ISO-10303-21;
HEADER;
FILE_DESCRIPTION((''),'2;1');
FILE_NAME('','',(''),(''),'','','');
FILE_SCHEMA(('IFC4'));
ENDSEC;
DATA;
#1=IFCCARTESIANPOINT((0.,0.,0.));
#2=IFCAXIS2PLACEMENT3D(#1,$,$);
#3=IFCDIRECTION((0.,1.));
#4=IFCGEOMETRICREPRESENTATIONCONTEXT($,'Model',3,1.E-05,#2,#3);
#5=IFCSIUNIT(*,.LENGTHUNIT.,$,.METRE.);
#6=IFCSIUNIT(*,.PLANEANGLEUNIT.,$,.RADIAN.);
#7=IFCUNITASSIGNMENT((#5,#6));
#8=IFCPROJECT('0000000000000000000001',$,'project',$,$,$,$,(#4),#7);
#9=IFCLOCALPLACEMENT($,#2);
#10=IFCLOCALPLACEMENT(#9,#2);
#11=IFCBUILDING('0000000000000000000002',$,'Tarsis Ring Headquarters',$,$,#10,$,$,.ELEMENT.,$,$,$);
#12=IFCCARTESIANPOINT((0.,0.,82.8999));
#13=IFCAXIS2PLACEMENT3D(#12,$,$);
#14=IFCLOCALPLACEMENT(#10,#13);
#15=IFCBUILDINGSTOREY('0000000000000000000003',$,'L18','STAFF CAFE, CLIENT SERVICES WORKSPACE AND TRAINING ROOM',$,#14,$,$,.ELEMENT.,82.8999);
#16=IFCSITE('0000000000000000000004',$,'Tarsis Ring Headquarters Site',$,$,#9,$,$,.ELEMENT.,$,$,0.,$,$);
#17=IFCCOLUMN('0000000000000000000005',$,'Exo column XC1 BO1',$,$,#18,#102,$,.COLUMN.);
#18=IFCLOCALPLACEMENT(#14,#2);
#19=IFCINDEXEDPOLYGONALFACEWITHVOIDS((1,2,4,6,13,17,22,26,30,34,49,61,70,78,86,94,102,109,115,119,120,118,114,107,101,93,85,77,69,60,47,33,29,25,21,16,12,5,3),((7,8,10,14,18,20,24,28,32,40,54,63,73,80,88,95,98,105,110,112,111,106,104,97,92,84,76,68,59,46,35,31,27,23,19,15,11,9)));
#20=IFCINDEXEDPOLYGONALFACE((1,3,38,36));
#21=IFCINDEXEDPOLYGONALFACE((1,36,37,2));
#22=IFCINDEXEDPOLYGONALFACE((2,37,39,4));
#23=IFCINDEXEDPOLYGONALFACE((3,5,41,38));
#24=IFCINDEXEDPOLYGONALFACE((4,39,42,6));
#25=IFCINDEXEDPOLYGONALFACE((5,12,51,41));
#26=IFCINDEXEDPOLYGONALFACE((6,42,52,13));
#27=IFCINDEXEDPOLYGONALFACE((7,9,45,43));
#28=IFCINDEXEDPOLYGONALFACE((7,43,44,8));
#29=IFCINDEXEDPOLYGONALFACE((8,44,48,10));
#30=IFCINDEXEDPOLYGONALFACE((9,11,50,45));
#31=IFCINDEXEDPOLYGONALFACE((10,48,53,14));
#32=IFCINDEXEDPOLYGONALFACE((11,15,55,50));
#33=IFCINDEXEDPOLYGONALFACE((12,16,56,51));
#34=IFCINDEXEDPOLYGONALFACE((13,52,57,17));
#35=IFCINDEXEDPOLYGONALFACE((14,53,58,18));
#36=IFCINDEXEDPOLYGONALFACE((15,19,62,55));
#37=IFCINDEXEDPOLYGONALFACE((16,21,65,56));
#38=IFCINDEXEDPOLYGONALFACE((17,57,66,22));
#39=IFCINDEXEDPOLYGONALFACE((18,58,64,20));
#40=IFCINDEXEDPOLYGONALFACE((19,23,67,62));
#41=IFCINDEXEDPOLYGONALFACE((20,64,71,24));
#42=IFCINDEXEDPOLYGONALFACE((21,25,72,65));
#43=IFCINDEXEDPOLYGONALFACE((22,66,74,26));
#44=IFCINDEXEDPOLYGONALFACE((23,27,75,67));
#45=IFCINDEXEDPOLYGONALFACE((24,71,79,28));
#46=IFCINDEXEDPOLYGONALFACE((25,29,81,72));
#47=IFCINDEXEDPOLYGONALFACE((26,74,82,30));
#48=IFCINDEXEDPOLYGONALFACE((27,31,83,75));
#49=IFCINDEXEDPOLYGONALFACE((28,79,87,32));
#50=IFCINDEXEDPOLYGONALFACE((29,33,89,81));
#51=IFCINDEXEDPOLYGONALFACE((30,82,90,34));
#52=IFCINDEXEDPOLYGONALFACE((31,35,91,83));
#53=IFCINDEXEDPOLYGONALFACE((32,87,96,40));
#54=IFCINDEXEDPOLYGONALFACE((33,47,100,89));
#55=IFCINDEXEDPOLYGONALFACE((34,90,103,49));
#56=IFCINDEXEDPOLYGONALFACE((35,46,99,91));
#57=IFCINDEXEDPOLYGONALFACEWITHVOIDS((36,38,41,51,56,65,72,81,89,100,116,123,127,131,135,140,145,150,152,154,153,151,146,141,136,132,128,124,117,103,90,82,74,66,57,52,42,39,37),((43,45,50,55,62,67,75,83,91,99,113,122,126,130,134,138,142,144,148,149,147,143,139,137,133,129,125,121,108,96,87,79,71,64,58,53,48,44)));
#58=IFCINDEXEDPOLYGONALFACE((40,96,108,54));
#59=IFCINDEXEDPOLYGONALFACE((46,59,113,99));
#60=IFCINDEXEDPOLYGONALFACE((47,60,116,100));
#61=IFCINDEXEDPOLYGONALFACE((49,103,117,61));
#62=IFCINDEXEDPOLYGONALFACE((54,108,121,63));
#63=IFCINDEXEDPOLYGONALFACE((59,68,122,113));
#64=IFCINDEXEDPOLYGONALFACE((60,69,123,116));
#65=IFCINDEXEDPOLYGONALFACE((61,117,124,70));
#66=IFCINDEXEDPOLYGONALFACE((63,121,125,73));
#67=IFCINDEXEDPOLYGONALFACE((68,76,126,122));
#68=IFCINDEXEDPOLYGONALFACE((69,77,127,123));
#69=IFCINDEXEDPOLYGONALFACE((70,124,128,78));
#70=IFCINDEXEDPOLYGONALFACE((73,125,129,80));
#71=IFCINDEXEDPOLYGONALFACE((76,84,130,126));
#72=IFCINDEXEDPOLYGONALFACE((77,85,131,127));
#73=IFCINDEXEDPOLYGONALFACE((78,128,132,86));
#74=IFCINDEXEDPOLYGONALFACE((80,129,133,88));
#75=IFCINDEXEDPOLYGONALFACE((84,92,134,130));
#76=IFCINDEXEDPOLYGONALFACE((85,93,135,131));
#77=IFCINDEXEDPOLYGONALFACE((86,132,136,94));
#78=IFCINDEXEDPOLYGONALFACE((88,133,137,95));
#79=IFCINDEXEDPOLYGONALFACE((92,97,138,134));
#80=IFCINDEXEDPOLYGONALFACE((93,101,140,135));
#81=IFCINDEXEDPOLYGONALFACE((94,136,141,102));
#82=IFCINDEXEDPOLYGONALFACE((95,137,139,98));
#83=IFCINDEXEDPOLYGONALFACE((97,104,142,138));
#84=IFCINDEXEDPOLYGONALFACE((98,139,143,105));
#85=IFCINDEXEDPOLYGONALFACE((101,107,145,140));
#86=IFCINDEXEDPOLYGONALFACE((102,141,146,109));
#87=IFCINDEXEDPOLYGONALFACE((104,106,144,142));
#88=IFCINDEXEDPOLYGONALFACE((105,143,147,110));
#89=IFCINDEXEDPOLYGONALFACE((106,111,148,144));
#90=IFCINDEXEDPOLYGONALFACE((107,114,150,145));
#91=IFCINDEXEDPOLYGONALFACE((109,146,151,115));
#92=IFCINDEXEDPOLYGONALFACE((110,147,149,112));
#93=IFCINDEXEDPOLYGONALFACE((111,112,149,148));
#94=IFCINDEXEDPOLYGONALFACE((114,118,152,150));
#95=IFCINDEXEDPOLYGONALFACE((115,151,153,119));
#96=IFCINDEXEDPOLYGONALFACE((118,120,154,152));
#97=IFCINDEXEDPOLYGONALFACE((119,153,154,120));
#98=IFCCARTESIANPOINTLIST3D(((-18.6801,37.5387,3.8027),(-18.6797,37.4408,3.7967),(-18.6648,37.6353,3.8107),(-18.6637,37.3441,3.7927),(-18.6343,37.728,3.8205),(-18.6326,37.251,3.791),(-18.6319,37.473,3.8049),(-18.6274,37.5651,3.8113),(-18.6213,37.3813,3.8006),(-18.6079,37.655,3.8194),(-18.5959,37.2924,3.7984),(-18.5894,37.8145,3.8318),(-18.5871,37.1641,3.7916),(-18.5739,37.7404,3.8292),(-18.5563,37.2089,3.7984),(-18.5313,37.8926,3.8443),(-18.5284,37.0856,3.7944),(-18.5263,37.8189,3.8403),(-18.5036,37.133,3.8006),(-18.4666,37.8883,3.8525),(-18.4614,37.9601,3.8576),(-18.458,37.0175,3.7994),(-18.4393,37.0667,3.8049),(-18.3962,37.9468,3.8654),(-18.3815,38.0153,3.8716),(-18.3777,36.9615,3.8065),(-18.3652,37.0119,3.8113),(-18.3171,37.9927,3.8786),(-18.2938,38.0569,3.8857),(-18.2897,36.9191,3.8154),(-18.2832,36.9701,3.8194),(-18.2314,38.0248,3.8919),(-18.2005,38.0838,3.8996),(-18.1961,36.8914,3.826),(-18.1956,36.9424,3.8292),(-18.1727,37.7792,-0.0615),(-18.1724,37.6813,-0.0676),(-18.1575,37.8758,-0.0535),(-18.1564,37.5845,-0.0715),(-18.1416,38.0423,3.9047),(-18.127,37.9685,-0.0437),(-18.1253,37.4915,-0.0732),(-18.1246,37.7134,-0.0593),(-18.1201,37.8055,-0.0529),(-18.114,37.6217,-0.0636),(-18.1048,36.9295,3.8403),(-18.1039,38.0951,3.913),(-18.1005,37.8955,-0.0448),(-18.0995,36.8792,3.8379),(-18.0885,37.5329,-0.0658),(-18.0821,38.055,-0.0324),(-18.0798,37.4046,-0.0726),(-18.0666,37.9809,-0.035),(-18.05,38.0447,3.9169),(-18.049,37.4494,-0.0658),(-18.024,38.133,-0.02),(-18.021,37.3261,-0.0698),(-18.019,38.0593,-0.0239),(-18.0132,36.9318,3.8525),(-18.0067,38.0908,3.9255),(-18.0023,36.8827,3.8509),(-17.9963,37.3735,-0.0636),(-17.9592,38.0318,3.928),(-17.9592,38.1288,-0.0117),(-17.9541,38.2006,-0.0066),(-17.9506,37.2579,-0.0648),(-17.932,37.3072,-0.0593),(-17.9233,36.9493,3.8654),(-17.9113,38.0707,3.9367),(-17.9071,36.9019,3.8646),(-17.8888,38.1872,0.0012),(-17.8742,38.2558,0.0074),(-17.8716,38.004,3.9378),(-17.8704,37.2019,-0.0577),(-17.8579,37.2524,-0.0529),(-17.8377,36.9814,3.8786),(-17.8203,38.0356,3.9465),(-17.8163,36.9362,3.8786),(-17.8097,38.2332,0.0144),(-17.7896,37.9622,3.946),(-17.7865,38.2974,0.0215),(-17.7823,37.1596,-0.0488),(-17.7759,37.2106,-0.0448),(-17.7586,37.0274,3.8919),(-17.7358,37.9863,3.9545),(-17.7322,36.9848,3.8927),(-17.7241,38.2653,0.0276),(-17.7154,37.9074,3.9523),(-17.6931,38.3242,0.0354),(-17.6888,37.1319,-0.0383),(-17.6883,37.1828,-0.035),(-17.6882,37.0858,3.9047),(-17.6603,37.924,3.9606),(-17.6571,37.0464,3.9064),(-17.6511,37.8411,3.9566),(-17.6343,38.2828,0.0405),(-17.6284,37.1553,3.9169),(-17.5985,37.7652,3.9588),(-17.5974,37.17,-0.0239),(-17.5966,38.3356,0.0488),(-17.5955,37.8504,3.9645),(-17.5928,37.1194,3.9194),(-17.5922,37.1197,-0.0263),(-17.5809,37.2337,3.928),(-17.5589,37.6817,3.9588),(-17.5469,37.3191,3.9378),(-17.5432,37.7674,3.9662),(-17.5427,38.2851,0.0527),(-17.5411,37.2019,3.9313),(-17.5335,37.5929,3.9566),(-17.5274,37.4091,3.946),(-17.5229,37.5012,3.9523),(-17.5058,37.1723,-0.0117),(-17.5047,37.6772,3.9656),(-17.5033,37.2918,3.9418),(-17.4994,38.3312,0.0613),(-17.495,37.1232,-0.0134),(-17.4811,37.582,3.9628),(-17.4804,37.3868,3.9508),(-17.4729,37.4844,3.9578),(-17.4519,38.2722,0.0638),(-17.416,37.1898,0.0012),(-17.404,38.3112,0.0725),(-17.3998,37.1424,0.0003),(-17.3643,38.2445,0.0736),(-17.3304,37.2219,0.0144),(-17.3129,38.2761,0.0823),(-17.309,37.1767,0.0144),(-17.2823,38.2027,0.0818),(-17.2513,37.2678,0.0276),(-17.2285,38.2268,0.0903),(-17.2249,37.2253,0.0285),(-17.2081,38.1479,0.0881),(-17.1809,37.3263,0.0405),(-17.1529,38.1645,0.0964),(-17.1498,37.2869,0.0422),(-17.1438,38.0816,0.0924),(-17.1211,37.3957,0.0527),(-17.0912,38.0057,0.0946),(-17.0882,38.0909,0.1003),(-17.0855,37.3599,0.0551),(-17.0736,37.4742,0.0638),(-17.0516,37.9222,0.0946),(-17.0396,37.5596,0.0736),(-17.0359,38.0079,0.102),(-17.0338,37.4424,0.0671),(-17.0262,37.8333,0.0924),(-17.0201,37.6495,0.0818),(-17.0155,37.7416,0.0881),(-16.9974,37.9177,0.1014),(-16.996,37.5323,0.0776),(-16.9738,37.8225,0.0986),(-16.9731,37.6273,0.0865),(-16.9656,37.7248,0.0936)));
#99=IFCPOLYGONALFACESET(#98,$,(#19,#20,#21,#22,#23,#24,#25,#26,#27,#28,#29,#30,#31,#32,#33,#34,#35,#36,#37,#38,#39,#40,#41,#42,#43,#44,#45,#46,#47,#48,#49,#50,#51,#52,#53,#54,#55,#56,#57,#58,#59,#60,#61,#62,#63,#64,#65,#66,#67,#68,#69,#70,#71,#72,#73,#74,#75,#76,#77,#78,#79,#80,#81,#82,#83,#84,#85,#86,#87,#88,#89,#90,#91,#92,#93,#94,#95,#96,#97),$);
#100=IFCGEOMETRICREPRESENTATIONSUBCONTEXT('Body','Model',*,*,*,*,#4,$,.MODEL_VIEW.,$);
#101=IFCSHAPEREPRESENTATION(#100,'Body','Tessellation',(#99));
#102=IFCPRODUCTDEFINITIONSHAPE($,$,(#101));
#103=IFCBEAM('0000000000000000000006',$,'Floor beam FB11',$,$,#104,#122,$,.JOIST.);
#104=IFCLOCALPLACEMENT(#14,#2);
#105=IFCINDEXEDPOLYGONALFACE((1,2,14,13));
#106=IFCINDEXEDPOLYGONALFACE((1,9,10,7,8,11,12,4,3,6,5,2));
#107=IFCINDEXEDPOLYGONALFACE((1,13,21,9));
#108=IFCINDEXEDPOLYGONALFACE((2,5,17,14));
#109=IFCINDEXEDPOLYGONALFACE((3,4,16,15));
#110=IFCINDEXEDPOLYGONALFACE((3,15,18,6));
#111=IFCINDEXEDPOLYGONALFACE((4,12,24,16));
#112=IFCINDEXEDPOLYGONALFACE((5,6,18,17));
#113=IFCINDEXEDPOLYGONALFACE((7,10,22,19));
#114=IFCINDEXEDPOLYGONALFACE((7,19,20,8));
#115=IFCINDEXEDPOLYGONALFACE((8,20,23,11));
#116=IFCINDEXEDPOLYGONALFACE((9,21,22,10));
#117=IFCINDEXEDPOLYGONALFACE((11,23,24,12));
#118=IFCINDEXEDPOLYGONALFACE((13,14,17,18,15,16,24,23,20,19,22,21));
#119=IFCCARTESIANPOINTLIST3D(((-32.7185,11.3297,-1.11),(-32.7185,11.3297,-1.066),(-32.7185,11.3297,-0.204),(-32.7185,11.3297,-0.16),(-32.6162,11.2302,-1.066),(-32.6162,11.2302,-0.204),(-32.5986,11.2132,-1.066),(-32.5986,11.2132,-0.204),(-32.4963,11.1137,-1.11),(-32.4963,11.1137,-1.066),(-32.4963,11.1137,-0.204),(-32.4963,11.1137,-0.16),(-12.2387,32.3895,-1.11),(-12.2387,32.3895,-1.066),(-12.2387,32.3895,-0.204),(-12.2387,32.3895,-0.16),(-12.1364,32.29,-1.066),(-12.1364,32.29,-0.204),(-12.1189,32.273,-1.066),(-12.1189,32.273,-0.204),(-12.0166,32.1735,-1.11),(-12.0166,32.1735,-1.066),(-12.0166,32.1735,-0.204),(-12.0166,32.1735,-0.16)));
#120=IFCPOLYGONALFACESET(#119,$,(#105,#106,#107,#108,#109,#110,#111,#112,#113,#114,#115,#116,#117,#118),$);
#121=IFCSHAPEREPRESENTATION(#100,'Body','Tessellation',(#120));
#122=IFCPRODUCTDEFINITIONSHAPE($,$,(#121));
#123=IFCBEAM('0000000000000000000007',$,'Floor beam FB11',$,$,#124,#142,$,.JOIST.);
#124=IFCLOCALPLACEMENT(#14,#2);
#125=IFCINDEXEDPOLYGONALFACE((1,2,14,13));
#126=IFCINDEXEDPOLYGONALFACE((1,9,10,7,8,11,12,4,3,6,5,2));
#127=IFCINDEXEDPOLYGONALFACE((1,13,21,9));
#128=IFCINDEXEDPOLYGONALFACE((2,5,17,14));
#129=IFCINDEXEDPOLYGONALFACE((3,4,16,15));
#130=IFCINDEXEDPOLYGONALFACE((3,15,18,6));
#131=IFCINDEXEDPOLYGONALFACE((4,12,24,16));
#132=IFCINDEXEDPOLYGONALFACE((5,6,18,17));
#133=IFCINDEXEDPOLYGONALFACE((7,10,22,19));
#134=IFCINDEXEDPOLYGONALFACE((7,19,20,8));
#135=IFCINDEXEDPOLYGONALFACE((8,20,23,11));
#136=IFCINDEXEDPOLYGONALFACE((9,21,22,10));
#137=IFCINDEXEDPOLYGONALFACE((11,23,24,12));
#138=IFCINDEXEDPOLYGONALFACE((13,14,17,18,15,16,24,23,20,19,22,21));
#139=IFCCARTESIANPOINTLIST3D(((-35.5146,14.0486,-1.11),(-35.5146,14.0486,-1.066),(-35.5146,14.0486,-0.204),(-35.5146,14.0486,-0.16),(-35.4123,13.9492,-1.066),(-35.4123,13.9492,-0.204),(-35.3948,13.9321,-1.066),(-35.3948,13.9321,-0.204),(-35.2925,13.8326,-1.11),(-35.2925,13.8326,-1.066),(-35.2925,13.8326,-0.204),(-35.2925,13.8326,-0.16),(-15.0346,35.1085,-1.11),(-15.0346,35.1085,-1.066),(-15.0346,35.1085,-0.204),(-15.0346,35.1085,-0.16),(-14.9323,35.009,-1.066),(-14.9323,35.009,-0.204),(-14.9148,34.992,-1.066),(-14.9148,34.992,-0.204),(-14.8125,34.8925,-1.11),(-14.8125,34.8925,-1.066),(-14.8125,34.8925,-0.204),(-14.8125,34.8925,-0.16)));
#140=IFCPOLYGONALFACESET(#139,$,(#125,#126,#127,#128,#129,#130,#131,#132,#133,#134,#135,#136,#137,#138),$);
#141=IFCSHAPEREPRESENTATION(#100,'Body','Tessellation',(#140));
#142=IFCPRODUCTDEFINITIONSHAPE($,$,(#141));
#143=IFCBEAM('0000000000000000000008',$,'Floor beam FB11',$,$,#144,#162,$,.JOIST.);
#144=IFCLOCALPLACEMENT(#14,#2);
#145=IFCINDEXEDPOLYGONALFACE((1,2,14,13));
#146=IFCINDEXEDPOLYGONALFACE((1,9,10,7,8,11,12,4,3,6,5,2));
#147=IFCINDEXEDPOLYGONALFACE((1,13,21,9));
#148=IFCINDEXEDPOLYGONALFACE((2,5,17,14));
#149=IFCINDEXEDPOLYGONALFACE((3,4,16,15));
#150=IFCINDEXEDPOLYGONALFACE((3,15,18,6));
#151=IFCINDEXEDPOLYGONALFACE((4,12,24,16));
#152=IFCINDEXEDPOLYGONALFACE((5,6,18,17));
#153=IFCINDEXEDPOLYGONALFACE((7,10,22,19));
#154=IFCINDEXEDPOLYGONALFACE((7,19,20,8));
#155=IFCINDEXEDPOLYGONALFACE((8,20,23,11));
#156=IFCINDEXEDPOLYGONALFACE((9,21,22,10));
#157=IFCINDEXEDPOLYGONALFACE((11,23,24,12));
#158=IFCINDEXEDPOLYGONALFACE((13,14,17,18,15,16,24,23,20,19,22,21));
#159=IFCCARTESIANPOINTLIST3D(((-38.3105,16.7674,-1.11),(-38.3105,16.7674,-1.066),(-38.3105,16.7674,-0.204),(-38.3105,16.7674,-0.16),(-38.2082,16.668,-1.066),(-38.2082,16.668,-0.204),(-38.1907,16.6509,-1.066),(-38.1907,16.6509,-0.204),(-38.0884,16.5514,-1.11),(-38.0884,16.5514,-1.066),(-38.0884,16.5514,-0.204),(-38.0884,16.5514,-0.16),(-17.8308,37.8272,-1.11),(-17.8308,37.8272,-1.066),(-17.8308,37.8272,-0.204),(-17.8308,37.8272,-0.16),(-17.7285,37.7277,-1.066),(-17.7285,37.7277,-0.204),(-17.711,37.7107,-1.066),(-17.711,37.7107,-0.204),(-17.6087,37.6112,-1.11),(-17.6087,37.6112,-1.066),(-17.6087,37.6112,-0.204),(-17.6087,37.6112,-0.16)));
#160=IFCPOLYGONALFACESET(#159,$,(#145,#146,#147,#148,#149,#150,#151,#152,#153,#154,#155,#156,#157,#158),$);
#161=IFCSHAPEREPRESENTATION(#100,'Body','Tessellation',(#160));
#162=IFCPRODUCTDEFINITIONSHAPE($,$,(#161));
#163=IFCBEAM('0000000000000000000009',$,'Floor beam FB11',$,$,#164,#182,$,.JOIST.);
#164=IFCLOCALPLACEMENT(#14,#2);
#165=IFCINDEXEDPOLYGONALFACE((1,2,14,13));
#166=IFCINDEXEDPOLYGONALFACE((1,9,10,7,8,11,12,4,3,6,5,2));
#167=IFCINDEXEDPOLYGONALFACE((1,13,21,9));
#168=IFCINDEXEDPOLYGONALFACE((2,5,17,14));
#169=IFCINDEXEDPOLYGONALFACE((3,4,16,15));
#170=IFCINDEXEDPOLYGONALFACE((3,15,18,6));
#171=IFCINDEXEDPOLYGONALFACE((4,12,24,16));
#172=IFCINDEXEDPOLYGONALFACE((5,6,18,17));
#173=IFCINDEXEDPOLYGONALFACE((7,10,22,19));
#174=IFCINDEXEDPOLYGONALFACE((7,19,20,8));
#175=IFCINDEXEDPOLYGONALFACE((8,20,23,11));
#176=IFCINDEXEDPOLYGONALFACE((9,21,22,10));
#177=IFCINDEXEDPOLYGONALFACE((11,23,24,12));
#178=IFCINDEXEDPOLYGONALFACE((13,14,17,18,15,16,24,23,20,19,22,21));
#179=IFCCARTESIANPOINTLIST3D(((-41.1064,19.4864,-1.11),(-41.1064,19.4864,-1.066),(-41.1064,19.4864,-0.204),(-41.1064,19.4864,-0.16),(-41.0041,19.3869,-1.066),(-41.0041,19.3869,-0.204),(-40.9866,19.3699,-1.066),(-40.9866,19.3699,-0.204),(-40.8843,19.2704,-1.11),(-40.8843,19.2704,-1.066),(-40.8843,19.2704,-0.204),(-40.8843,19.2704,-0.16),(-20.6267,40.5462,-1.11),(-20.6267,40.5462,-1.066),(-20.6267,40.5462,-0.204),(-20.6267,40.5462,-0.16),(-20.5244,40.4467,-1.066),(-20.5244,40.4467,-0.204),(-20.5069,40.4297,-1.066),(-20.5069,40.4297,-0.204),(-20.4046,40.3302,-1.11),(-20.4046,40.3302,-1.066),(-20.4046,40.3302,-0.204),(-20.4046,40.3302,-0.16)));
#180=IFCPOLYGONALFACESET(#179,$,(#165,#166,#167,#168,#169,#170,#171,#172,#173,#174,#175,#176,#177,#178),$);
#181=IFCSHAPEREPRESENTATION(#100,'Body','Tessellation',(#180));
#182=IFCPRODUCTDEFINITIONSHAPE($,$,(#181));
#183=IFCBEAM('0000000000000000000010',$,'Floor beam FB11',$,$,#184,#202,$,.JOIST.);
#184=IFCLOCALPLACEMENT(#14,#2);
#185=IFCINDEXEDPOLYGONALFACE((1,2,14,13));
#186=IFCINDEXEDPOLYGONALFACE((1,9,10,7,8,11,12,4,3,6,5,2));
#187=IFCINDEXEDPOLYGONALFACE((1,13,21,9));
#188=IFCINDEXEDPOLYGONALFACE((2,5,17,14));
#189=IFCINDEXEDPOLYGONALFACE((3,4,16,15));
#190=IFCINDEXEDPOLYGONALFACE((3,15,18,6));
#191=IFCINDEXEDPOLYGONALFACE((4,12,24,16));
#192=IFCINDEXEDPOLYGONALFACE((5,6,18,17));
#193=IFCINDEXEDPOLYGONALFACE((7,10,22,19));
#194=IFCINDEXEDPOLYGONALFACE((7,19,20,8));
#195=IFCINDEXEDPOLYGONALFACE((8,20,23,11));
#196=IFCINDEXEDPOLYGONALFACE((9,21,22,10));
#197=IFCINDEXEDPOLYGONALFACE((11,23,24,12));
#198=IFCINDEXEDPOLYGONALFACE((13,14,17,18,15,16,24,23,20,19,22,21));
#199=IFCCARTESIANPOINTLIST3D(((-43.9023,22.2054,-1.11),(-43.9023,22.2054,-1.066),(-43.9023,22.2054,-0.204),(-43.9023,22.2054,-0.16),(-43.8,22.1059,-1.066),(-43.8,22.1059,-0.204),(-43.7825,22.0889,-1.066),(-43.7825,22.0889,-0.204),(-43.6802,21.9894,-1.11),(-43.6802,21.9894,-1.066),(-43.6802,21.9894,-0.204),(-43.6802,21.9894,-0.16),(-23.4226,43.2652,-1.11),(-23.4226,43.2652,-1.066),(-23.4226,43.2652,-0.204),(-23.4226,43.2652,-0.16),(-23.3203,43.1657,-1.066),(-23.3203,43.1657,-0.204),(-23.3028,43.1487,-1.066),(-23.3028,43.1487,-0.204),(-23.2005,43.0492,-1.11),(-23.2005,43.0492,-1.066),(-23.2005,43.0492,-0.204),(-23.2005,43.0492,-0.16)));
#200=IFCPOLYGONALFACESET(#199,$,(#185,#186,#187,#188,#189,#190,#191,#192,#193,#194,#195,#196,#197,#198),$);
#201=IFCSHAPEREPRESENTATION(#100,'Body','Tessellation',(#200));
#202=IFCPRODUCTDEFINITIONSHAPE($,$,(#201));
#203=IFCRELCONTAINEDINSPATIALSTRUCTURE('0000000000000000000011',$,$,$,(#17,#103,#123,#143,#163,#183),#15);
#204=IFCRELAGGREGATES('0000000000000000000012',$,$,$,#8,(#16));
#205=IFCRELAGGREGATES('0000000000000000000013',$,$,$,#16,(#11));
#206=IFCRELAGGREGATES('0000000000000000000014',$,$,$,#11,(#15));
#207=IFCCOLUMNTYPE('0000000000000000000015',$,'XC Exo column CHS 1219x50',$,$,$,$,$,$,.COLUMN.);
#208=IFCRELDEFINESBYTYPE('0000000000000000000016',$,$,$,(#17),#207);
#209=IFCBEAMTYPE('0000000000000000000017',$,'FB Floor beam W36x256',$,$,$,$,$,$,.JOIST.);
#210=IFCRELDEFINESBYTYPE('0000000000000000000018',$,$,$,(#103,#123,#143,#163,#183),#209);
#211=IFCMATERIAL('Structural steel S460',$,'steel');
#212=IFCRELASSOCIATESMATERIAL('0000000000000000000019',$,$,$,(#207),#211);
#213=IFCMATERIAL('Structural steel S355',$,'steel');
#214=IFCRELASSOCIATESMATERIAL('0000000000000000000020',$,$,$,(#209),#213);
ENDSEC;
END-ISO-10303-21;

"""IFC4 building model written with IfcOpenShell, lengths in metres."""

from ifc_helpers import new_model, si_unit, direction, frame, origin, origin_2d, place, context, subcontext, project, spatial, hollow_circle, i_section, extrude, material, material_profile, profile_set, type_object, element, save


model = new_model("IFC4")

# Units and contexts
model_context = context("Model", 3, precision=1e-05, world=origin(), true_north=direction((0.0, 1.0)))
body_context = subcontext(model_context, "Body", "Model", "MODEL_VIEW")
ifc_project = project(units=[si_unit("LENGTHUNIT", "METRE"), si_unit("PLANEANGLEUNIT", "RADIAN")], contexts=[model_context])

# Site, building, storey
site_placement = place(None, origin())
site = spatial("IfcSite", under=ifc_project, at=site_placement, Name="Tarsis Ring Headquarters Site", CompositionType="ELEMENT", RefElevation=0.0)
building_placement = place(site_placement, origin())
building = spatial("IfcBuilding", under=site, at=building_placement, Name="Tarsis Ring Headquarters", CompositionType="ELEMENT")
storey_placement = place(building_placement, frame((0.0, 0.0, 82.8999)))
storey = spatial("IfcBuildingStorey", under=building, at=storey_placement, Name="L18", Description="STAFF CAFE, CLIENT SERVICES WORKSPACE AND TRAINING ROOM", CompositionType="ELEMENT", Elevation=82.8999)

# Column
ifc_material_1 = material(Name="Structural steel S460", Category="steel")
ifc_material_profile_1 = material_profile(ifc_material_1, hollow_circle(Radius=0.6096, WallThickness=0.05, at=origin_2d()), Name="CHS 1219x50")
ifc_profile_set_1 = profile_set([ifc_material_profile_1], Name="Structural steel S460")
column_type = type_object("IfcColumnType", Name="XC Exo column CHS 1219x50", PredefinedType="COLUMN", material=ifc_profile_set_1)
column_placement = place(storey_placement, frame((-17.5701, 37.7275, 0.0144), z_axis=(-0.129922, -0.061585, 0.98961), x_axis=(0.428329, -0.903623, 0.0)))
element("IfcColumn", 1, at=column_placement, inside=storey, type_object=column_type, Name="Exo column XC1 BO1", PredefinedType="COLUMN", context=body_context, shape_type="SweptSolid", body=[
    extrude(hollow_circle(Radius=0.6096, WallThickness=0.05, at=origin_2d()), origin(), (0.0, 0.0, 1.0), 3.9048),
])

# Beams
ifc_material_2 = material(Name="Structural steel S355", Category="steel")
ifc_material_profile_2 = material_profile(ifc_material_2, i_section(OverallWidth=0.3098, OverallDepth=0.95, WebThickness=0.0244, FlangeThickness=0.0439, at=origin_2d()), Name="W36x256")
ifc_profile_set_2 = profile_set([ifc_material_profile_2], Name="Structural steel S355")
beam_type_1 = type_object("IfcBeamType", Name="FB Floor beam W36x256", PredefinedType="JOIST", material=ifc_profile_set_2)
beam_1_placement = place(storey_placement, frame((-12.1277, 32.2815, -0.635), z_axis=(-0.697164, -0.716911, 0.0), x_axis=(0.716911, -0.697164, 0.0)))
element("IfcBeam", 2, at=beam_1_placement, inside=storey, type_object=beam_type_1, Name="Floor beam FB11", PredefinedType="JOIST", context=body_context, shape_type="SweptSolid", body=[
    extrude(i_section(OverallWidth=0.3098, OverallDepth=0.95, WebThickness=0.0244, FlangeThickness=0.0439, at=origin_2d()), origin(), (0.0, 0.0, 1.0), 29.3757),
])
beam_2_placement = place(storey_placement, frame((-14.9236, 35.0005, -0.635), z_axis=(-0.697169, -0.716907, 0.0), x_axis=(0.716907, -0.697169, 0.0)))
element("IfcBeam", 3, at=beam_2_placement, inside=storey, type_object=beam_type_1, Name="Floor beam FB11", PredefinedType="JOIST", context=body_context, shape_type="SweptSolid", body=[
    extrude(i_section(OverallWidth=0.3098, OverallDepth=0.95, WebThickness=0.0244, FlangeThickness=0.0439, at=origin_2d()), origin(), (0.0, 0.0, 1.0), 29.376),
])
for number, where, z_axis, x_axis, name in (
    (4, (-17.7197, 37.7192, -0.635), (-0.697164, -0.716911, 0.0), (0.716911, -0.697164, 0.0), "Floor beam FB11"),
    (5, (-20.5156, 40.4382, -0.635), (-0.697164, -0.716911, 0.0), (0.716911, -0.697164, 0.0), "Floor beam FB11"),
    (6, (-23.3115, 43.1572, -0.635), (-0.697164, -0.716911, 0.0), (0.716911, -0.697164, 0.0), "Floor beam FB11"),
):
    element("IfcBeam", number, at=place(storey_placement, frame(where, z_axis=z_axis, x_axis=x_axis)), inside=storey, type_object=beam_type_1, Name=name, PredefinedType="JOIST", context=body_context, shape_type="SweptSolid", body=[
        extrude(i_section(OverallWidth=0.3098, OverallDepth=0.95, WebThickness=0.0244, FlangeThickness=0.0439, at=origin_2d()), origin(), (0.0, 0.0, 1.0), 29.3757),
    ])

save(model, "model.ifc")
